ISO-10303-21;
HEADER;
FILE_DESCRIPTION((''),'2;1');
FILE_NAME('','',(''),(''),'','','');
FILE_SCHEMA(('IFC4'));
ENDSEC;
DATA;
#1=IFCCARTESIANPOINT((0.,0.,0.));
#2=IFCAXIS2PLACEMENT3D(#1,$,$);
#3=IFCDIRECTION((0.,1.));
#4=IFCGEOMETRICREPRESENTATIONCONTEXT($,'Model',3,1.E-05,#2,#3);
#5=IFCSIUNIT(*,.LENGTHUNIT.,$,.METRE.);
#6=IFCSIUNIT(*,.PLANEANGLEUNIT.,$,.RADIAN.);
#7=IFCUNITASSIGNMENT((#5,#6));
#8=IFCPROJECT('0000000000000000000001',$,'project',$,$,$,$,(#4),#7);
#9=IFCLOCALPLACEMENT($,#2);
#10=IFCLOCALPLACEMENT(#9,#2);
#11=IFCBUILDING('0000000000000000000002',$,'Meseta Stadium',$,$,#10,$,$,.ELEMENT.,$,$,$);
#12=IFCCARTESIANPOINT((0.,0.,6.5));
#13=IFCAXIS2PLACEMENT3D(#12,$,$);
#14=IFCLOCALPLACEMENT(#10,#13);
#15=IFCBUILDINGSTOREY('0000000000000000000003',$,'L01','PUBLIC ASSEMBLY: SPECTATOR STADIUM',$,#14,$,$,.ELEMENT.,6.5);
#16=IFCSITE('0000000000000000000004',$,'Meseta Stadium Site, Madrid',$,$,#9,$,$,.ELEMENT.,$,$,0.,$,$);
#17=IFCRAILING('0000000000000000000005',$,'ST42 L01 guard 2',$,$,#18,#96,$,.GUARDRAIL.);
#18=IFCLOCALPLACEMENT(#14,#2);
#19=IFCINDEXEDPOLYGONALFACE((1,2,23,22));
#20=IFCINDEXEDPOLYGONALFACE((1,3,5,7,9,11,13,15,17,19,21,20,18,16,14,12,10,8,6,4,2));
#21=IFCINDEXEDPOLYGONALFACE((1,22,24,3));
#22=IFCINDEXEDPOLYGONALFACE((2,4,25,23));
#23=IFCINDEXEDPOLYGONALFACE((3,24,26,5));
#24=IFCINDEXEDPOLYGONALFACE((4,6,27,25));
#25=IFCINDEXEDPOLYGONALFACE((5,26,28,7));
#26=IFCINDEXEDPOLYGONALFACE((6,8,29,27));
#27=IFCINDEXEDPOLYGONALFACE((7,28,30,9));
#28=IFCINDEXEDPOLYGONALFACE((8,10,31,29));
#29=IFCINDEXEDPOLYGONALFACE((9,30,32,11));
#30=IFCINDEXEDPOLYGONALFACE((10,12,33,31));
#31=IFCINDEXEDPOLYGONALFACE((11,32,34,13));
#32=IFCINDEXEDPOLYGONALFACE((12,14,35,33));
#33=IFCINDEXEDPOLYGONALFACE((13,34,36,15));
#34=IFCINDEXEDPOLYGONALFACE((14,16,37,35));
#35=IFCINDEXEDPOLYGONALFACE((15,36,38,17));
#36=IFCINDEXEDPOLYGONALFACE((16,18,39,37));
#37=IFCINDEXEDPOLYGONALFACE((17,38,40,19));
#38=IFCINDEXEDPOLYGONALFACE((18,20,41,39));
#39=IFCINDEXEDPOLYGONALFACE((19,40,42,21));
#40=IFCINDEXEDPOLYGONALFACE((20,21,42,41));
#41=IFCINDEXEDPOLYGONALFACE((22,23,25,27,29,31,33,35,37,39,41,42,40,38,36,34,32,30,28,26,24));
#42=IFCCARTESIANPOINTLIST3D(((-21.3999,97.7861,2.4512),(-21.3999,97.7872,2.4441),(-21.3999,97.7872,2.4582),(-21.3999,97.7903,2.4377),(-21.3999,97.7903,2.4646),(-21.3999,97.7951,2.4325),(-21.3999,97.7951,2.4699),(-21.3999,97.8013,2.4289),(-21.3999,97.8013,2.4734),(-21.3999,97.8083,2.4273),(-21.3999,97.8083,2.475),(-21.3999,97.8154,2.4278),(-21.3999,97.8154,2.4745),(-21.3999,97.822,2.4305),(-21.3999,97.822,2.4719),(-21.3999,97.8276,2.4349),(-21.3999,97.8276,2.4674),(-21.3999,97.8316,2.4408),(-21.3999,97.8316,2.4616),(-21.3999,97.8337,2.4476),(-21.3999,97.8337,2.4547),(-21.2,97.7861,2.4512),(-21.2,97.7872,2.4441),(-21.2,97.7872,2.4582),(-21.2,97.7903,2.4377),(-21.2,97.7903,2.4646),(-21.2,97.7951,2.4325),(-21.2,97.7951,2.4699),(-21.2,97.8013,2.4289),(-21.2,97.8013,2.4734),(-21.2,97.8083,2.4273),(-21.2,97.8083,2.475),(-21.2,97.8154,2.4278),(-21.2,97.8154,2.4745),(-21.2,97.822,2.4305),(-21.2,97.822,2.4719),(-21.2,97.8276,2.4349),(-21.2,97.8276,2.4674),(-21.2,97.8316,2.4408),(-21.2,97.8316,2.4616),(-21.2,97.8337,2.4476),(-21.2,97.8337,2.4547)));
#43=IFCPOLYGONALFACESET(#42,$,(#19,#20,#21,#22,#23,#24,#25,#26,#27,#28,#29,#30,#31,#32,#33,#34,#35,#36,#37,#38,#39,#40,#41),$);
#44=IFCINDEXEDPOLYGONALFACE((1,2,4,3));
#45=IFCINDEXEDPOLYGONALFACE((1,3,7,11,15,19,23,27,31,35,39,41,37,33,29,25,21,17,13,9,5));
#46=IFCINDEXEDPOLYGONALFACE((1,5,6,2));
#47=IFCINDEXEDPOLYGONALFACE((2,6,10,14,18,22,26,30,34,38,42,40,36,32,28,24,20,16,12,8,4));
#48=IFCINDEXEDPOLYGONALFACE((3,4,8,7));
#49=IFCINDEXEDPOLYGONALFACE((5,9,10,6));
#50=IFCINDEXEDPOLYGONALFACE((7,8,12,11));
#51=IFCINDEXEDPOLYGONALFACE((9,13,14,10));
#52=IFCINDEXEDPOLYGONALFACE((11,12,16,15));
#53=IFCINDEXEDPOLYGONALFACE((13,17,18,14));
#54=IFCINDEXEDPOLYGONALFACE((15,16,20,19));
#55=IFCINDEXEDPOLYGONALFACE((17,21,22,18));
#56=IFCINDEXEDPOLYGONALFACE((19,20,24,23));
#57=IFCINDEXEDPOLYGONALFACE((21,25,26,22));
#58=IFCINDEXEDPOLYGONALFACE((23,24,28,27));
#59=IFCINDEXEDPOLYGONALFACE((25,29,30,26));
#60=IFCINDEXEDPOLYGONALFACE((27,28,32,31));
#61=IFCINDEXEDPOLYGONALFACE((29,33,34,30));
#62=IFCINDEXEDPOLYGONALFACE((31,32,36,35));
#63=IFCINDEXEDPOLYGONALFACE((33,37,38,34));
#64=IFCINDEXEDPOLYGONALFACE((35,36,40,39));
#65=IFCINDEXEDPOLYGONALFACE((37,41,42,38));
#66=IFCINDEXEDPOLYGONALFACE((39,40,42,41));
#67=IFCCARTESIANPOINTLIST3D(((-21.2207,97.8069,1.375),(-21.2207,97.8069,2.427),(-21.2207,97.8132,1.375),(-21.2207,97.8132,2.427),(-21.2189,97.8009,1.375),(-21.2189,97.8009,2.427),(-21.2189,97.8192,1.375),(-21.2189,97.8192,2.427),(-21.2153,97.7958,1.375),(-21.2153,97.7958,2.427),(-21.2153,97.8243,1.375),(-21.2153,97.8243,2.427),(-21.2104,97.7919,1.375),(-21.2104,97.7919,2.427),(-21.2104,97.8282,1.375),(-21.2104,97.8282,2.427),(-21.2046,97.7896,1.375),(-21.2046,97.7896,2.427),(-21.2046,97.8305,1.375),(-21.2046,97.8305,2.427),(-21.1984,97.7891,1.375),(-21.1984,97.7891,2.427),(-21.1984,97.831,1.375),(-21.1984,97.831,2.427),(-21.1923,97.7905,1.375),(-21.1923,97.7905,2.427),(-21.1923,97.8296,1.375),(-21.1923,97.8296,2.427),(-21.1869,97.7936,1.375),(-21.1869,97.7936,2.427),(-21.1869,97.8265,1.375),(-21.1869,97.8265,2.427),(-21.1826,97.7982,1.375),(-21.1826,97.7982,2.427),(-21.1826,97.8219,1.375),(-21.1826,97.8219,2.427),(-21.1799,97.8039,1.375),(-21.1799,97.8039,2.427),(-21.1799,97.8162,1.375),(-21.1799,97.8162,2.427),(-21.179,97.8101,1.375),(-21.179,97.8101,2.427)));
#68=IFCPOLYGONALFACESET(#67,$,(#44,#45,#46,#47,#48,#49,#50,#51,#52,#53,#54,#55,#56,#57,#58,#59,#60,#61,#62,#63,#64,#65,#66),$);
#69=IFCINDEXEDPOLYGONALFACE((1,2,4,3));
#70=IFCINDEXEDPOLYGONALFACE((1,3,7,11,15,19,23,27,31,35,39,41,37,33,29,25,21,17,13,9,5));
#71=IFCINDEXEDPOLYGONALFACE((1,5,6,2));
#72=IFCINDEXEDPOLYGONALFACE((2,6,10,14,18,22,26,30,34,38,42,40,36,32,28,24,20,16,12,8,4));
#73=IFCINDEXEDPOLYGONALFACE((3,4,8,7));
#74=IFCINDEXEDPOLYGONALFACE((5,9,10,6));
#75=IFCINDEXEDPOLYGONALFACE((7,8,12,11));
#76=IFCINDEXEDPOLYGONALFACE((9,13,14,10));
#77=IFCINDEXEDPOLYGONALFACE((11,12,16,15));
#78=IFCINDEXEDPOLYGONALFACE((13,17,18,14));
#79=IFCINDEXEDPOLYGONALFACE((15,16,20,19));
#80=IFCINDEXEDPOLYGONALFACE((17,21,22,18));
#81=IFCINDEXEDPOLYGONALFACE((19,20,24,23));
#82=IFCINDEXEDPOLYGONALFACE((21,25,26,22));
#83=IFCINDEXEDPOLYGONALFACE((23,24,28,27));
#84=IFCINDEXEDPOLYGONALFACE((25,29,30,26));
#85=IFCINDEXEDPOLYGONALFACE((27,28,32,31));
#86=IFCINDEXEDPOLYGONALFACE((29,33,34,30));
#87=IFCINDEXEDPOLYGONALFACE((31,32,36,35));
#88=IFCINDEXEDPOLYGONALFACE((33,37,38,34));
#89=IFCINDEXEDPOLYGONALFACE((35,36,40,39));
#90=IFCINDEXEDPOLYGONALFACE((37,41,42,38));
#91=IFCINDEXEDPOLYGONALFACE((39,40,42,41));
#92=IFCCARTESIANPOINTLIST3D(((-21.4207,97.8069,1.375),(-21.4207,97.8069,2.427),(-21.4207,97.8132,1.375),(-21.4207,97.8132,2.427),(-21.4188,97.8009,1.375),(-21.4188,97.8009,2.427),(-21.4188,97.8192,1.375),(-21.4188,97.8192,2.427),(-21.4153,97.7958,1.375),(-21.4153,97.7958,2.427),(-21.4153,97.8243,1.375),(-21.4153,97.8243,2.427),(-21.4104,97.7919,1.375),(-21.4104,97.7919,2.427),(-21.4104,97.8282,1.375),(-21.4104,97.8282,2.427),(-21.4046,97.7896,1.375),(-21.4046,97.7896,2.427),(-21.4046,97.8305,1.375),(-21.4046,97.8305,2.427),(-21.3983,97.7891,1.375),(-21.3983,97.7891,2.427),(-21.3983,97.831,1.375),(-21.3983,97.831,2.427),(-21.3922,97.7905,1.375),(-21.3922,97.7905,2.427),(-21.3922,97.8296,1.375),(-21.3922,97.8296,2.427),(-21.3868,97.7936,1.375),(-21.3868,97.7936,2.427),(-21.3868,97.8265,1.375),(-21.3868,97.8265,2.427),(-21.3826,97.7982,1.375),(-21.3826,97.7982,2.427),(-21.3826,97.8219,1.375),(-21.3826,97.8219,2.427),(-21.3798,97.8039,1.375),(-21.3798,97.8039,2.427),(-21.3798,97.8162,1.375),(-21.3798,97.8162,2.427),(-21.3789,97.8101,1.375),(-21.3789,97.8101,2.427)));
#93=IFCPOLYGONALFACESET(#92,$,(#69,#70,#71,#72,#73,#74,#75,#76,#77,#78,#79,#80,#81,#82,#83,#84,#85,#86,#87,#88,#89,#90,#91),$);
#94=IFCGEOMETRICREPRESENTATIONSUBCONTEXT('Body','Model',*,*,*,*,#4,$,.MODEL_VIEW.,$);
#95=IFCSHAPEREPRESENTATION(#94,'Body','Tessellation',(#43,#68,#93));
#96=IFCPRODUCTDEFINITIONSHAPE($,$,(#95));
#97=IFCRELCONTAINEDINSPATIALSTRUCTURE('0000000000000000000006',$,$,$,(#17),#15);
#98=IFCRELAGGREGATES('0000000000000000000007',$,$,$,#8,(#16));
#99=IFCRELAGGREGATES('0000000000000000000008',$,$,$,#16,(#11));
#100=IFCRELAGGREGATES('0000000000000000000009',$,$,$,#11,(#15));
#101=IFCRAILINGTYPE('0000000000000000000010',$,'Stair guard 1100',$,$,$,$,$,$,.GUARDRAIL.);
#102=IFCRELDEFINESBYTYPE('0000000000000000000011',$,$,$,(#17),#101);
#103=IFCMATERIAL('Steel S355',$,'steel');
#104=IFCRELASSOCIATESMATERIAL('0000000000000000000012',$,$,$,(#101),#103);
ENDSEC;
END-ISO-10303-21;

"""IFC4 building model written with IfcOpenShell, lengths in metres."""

from ifc_helpers import new_model, si_unit, direction, frame, origin, origin_2d, place, context, subcontext, project, spatial, circle, extrude, material, type_object, element, save


model = new_model("IFC4")

# Units and contexts
model_context = context("Model", 3, precision=1e-05, world=origin(), true_north=direction((0.0, 1.0)))
body_context = subcontext(model_context, "Body", "Model", "MODEL_VIEW")
ifc_project = project(units=[si_unit("LENGTHUNIT", "METRE"), si_unit("PLANEANGLEUNIT", "RADIAN")], contexts=[model_context])

# Site, building, storey
site_placement = place(None, origin())
site = spatial("IfcSite", under=ifc_project, at=site_placement, Name="Meseta Stadium Site, Madrid", CompositionType="ELEMENT", RefElevation=0.0)
building_placement = place(site_placement, origin())
building = spatial("IfcBuilding", under=site, at=building_placement, Name="Meseta Stadium", CompositionType="ELEMENT")
storey_placement = place(building_placement, frame((0.0, 0.0, 6.5)))
storey = spatial("IfcBuildingStorey", under=building, at=storey_placement, Name="L01", Description="PUBLIC ASSEMBLY: SPECTATOR STADIUM", CompositionType="ELEMENT", Elevation=6.5)

# Railing
ifc_material_1 = material(Name="Steel S355", Category="steel")
railing_type_1 = type_object("IfcRailingType", Name="Stair guard 1100", PredefinedType="GUARDRAIL", material=ifc_material_1)
railing_1_placement = place(storey_placement, frame((-21.2, 97.8101, 1.375)))
element("IfcRailing", 1, at=railing_1_placement, inside=storey, type_object=railing_type_1, Name="ST42 L01 guard 2", PredefinedType="GUARDRAIL", context=body_context, shape_type="SweptSolid", body=[
    extrude(circle(Radius=0.0239, at=origin_2d()), frame((0.0, 0.0, 1.0762), z_axis=(-1.0, 0.0, 0.0), x_axis=(0.0, -1.0, 0.0)), (0.0, 0.0, 1.0), 0.2),
    extrude(circle(Radius=0.021, at=origin_2d()), origin(), (0.0, 0.0, 1.0), 1.052),
    extrude(circle(Radius=0.021, at=origin_2d()), frame((-0.2, 0.0, 0.0)), (0.0, 0.0, 1.0), 1.052),
])

save(model, "model.ifc")
